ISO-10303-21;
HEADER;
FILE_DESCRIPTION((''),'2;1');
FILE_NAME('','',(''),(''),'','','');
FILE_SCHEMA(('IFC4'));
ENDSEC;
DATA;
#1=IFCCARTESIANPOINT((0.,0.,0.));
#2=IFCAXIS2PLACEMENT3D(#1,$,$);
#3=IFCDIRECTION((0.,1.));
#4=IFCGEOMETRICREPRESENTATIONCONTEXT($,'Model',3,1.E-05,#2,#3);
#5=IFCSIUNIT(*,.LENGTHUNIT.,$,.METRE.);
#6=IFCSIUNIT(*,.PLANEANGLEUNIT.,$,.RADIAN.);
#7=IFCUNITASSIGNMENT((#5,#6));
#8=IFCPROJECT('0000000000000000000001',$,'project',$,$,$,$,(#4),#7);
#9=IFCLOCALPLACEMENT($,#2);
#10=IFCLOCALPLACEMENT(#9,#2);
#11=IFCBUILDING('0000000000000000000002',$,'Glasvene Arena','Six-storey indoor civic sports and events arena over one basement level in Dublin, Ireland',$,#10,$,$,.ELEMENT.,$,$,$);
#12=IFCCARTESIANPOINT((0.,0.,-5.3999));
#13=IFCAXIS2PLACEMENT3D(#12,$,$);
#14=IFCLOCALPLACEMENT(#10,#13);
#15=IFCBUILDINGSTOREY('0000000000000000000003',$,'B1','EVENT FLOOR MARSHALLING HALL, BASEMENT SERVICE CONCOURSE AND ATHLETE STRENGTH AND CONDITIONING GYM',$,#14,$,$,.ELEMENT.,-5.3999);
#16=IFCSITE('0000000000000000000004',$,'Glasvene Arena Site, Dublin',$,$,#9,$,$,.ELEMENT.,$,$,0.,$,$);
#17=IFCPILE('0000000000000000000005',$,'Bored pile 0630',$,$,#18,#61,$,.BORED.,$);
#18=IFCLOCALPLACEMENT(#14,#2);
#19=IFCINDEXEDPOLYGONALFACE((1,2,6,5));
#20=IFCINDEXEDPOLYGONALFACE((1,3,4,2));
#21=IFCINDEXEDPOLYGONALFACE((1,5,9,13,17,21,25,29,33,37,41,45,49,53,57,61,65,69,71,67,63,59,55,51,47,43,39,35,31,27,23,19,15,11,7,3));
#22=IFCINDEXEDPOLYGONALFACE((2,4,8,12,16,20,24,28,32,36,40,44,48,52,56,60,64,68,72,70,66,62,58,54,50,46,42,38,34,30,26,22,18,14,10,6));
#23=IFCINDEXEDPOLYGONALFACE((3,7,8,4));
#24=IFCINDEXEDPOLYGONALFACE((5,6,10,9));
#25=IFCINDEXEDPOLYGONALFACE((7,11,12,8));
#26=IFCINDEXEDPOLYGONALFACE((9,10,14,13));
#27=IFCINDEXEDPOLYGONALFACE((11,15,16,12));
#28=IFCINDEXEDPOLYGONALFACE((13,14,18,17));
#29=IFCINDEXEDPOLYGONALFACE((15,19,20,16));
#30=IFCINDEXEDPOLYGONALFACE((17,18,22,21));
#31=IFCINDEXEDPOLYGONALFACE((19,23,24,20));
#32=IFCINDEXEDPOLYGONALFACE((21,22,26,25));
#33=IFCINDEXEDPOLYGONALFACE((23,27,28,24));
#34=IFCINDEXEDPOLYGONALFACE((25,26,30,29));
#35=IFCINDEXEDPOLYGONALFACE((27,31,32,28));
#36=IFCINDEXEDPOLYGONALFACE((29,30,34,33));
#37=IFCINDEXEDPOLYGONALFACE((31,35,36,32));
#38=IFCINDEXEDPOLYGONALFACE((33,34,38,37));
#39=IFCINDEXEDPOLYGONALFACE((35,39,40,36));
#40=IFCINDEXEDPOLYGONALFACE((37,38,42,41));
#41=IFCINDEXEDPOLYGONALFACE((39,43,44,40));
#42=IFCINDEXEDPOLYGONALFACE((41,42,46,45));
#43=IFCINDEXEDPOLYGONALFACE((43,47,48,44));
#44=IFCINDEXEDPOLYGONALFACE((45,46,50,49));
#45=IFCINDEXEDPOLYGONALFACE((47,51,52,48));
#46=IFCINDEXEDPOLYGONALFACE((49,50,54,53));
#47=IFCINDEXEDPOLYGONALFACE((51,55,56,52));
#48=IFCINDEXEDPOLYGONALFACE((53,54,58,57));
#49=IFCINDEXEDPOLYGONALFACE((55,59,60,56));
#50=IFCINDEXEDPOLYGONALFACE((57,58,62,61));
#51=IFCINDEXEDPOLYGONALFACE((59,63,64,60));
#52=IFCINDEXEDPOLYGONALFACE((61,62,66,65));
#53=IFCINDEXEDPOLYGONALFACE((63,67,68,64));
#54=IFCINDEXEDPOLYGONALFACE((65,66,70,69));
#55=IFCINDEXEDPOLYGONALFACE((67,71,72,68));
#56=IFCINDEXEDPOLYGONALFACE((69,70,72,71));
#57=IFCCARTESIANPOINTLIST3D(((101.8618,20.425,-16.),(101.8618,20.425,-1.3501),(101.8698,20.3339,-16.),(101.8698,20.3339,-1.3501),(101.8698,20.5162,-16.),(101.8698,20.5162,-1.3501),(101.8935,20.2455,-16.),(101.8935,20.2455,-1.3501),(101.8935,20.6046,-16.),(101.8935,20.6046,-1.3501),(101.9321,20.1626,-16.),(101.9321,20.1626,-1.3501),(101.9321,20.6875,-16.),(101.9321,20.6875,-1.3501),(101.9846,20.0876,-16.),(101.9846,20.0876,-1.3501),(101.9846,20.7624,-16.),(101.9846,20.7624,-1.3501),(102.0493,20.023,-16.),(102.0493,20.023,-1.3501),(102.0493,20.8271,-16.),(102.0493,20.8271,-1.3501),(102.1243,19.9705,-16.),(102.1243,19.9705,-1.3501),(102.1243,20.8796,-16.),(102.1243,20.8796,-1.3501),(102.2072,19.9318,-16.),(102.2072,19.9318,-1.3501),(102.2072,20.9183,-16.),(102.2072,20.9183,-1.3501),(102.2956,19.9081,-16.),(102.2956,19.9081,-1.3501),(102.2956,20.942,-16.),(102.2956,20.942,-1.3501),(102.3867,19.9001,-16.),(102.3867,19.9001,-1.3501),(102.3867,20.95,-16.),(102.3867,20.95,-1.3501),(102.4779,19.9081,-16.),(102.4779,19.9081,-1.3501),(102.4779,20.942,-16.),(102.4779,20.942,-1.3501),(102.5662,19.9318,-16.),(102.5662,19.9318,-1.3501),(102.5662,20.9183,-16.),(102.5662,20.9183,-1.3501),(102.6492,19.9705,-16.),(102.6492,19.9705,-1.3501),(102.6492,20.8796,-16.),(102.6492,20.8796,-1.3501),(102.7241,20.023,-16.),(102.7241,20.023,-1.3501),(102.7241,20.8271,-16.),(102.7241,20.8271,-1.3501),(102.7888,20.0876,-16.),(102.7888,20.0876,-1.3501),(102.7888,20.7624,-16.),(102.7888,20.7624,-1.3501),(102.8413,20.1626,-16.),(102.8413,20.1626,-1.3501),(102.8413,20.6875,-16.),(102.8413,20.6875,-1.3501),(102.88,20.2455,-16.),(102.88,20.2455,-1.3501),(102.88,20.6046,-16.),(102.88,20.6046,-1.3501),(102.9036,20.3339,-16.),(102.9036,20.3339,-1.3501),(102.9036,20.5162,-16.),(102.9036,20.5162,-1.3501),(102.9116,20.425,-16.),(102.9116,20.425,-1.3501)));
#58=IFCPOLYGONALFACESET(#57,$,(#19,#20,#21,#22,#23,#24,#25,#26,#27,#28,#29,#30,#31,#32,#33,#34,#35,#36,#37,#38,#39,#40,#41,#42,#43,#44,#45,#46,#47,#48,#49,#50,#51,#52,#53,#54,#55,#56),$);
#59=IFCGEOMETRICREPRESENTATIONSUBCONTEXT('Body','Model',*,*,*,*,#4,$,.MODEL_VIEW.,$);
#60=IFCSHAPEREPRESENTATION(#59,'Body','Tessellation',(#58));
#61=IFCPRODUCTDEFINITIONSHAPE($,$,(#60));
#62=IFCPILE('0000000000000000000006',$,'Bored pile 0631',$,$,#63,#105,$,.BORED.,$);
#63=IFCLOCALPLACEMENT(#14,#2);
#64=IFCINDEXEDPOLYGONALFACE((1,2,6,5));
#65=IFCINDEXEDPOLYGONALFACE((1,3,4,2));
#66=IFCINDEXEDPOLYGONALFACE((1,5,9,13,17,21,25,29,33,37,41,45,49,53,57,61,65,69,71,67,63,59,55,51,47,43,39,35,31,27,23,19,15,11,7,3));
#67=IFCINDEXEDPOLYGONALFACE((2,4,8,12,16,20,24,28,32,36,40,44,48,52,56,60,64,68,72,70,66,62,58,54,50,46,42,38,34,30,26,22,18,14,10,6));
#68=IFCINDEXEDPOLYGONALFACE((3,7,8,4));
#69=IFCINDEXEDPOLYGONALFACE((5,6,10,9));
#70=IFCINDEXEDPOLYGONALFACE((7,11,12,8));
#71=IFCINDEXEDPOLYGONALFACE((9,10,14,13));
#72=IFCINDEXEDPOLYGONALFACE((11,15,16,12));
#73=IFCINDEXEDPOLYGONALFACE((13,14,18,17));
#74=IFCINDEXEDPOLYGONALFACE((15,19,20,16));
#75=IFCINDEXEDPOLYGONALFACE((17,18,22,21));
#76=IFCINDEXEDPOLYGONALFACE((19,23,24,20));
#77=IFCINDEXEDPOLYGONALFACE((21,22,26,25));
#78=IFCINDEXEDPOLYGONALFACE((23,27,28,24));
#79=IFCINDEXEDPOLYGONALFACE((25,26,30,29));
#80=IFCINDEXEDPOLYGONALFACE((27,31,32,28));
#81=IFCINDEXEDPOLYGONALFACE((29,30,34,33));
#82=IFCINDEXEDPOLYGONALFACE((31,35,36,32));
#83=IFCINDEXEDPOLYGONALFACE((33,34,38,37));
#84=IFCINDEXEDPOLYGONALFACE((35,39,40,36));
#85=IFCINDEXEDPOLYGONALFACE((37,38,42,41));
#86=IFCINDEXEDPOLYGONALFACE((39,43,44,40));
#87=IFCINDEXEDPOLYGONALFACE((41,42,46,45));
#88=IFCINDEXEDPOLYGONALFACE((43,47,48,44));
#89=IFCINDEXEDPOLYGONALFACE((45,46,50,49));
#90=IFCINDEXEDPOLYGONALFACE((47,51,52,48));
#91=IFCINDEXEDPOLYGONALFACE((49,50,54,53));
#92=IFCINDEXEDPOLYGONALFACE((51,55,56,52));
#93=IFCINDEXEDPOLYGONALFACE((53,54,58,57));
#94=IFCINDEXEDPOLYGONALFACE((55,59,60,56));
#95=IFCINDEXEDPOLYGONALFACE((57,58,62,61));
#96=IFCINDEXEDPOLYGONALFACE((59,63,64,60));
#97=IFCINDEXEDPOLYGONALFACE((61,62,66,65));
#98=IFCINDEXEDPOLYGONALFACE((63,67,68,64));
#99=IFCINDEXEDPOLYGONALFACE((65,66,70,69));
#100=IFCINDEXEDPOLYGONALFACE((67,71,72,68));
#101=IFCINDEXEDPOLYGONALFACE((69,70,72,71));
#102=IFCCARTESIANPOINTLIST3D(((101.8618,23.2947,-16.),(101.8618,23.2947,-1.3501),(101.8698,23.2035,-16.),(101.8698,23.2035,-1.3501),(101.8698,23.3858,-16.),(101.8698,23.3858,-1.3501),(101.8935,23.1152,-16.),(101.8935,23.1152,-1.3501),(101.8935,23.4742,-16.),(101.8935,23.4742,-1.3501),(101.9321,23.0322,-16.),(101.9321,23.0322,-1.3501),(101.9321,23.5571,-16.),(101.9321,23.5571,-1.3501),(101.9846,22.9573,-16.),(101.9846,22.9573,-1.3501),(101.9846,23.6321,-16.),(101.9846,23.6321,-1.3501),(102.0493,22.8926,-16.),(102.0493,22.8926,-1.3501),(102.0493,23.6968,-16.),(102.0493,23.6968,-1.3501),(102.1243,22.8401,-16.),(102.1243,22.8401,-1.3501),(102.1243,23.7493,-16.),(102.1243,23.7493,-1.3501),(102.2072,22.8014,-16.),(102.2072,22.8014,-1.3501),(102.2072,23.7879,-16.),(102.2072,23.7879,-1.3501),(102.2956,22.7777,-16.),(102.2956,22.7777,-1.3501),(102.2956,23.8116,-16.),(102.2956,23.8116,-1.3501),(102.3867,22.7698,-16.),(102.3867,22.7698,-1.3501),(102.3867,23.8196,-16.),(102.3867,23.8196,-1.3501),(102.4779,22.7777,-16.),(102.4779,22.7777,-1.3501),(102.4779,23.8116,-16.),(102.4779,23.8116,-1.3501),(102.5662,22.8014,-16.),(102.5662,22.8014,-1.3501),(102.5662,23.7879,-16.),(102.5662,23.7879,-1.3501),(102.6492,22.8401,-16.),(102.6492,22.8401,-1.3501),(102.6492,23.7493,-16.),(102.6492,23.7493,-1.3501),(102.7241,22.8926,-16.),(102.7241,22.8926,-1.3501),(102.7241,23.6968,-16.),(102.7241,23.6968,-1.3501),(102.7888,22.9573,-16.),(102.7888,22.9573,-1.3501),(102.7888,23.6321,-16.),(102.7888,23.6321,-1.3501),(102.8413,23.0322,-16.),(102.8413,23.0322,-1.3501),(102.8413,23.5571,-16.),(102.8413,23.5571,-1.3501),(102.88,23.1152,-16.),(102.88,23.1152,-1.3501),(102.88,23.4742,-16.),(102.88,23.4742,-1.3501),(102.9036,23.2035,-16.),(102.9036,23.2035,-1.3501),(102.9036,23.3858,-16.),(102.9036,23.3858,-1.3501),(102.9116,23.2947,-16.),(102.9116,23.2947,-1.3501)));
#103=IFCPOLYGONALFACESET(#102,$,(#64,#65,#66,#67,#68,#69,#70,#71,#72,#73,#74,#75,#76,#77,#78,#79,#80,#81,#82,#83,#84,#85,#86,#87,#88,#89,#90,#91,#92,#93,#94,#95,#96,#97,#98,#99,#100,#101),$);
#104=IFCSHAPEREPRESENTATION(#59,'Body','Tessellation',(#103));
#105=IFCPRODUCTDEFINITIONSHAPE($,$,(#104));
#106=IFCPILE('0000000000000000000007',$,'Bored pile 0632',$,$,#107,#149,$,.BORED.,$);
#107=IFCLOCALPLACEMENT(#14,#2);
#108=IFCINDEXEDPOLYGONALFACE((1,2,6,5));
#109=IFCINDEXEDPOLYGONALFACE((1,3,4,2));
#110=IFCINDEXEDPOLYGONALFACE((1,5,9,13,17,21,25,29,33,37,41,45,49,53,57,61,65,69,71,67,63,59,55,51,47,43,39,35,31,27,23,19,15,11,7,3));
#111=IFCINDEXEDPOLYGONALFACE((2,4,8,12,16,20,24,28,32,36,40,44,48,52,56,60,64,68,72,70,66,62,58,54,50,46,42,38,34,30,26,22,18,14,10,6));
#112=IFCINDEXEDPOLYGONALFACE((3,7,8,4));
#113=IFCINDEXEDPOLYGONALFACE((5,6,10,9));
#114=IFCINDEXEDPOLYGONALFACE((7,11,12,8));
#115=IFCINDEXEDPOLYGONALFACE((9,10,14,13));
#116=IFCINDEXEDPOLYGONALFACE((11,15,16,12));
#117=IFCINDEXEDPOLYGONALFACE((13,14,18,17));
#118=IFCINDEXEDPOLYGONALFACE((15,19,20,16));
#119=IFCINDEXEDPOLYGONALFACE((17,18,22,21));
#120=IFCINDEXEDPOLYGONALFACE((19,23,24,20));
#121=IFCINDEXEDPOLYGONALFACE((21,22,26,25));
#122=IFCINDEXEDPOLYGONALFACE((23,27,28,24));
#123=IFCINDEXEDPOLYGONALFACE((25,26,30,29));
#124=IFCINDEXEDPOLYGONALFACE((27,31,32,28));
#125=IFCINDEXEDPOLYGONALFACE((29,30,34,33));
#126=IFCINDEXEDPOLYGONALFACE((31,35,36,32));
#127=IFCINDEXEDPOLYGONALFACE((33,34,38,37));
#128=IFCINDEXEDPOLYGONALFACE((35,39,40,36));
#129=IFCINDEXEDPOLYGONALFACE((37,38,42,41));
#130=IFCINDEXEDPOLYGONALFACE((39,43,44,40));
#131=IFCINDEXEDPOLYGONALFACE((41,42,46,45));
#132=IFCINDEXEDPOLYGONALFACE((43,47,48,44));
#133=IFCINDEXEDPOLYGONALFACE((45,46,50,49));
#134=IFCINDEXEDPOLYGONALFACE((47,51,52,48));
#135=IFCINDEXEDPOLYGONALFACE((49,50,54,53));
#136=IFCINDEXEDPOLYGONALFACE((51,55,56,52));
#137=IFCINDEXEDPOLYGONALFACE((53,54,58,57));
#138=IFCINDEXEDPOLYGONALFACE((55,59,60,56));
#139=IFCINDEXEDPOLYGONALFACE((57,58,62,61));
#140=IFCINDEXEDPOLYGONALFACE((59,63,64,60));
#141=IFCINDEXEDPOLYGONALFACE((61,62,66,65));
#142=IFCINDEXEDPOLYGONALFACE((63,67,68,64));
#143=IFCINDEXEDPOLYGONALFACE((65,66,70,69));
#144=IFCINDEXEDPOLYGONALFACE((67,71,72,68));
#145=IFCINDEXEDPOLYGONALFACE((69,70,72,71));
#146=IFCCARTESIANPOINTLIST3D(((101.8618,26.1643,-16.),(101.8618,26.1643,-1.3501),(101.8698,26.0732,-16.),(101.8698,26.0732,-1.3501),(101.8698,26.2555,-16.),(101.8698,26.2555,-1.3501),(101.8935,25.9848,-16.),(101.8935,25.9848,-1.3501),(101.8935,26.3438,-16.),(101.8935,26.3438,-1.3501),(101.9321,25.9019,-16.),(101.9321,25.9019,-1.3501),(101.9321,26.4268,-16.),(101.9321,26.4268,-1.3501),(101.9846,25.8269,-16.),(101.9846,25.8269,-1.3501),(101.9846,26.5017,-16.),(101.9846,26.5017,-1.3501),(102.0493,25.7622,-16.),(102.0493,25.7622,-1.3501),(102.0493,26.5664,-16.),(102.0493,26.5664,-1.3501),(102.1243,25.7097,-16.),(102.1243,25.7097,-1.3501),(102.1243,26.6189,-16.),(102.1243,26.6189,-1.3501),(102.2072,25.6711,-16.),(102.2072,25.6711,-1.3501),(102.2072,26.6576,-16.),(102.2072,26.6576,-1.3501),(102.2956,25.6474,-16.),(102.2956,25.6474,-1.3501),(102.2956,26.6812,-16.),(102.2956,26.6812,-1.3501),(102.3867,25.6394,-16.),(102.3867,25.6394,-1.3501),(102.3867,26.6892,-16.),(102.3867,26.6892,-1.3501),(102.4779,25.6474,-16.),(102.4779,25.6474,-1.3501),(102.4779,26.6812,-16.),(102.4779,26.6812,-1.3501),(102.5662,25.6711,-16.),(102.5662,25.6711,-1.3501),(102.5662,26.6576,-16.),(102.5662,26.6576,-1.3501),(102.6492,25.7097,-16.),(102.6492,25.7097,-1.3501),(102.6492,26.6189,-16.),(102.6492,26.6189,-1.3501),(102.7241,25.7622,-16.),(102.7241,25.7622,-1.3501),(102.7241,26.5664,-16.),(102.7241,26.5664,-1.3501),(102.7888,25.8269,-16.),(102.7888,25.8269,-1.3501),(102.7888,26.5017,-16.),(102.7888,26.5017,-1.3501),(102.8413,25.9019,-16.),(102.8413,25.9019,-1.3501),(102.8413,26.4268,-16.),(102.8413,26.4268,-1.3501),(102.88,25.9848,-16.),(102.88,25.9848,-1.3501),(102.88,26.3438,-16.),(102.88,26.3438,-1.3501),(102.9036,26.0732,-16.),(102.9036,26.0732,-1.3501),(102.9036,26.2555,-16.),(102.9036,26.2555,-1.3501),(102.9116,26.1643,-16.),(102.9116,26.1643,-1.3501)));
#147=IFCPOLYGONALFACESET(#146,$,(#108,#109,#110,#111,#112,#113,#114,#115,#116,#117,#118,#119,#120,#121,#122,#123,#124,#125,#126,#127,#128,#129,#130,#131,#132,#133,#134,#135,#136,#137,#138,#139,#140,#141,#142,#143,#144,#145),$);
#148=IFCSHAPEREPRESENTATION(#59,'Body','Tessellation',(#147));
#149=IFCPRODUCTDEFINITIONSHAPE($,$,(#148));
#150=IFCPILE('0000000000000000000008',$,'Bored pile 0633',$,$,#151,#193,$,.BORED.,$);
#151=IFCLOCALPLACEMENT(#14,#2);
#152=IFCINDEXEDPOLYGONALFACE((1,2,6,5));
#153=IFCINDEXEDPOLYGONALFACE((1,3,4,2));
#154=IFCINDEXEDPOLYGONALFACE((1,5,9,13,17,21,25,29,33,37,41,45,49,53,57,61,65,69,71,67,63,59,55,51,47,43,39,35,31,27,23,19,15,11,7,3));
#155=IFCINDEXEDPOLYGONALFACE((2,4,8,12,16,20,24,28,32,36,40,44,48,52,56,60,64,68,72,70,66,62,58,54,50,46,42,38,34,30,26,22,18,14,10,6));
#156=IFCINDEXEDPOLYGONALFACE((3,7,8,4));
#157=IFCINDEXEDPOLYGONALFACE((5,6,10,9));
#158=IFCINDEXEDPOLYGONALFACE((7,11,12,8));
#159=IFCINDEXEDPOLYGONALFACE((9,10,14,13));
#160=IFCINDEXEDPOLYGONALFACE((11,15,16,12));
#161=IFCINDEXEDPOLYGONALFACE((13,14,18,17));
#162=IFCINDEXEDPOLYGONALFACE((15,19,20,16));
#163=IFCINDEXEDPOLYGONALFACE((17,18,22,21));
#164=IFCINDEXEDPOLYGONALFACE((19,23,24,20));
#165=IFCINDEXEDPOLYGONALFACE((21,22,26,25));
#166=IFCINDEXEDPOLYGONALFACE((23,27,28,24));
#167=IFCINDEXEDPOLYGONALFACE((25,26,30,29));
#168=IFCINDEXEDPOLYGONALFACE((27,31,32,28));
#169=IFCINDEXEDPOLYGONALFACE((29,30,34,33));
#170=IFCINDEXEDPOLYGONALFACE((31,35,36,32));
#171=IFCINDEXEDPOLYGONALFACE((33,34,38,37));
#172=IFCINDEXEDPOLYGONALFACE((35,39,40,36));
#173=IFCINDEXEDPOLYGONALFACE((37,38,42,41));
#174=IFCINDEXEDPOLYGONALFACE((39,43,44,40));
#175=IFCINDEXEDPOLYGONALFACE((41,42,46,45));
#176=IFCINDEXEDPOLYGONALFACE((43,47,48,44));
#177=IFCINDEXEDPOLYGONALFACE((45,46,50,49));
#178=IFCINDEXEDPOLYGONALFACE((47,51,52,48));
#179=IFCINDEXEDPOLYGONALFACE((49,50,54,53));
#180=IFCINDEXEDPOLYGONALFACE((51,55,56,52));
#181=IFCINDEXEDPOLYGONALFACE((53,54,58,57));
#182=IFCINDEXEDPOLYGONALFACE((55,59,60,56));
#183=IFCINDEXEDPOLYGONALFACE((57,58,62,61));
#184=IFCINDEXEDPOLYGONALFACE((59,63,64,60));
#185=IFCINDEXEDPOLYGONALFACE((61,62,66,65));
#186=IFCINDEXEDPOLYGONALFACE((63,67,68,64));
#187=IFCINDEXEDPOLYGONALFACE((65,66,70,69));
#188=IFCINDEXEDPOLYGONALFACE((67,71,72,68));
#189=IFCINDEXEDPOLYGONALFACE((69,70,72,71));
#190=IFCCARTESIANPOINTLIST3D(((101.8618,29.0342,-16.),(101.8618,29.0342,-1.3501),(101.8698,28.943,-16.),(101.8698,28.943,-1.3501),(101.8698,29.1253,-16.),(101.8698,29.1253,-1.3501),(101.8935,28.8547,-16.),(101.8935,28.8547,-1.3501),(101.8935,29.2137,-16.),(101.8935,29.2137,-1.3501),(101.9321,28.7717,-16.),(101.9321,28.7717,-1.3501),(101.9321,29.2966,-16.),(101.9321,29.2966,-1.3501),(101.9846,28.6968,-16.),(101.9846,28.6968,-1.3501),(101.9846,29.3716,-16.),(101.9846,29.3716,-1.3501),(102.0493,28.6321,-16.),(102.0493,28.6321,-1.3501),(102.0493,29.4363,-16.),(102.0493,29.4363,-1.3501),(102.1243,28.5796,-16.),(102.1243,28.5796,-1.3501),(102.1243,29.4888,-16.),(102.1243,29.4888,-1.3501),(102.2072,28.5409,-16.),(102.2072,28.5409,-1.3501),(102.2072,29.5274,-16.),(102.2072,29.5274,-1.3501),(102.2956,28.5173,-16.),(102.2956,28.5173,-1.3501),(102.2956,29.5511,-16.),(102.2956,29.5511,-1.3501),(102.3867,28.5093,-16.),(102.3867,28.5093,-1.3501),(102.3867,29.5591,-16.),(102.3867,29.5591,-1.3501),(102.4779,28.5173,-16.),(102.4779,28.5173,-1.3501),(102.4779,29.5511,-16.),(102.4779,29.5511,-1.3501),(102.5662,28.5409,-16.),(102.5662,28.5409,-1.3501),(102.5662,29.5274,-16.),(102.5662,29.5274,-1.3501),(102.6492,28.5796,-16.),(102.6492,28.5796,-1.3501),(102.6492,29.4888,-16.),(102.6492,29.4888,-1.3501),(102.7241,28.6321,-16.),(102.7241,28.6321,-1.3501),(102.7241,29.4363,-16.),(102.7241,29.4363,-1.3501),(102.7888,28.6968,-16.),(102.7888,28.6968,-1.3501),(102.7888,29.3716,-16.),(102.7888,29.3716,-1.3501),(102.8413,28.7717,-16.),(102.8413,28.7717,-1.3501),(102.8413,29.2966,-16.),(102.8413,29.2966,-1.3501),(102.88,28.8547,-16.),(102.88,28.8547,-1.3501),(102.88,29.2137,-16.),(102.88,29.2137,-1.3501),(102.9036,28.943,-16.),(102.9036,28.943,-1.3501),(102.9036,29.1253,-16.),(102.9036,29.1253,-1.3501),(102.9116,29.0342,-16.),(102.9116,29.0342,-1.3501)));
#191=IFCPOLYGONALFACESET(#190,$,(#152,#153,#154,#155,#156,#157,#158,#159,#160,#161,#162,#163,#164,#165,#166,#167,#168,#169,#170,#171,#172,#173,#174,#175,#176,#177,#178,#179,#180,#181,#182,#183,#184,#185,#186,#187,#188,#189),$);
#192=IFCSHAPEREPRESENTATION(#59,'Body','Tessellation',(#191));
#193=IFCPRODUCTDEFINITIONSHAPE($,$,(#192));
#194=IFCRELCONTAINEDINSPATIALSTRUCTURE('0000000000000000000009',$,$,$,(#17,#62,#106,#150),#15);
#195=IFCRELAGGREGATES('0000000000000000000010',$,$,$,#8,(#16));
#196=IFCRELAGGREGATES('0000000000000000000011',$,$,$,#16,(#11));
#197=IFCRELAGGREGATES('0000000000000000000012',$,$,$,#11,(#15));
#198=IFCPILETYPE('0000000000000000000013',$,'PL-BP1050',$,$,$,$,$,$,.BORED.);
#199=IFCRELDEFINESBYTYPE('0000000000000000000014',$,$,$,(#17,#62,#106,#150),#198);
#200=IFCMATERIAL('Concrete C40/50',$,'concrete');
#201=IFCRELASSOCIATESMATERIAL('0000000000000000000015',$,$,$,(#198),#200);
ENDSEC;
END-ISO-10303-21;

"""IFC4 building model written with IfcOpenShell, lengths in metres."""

from ifc_helpers import new_model, si_unit, direction, frame, origin, origin_2d, place, context, subcontext, project, spatial, circle, extrude, material, material_profile, profile_set, type_object, element, save


model = new_model("IFC4")

# Units and contexts
model_context = context("Model", 3, precision=1e-05, world=origin(), true_north=direction((0.0, 1.0)))
body_context = subcontext(model_context, "Body", "Model", "MODEL_VIEW")
ifc_project = project(units=[si_unit("LENGTHUNIT", "METRE"), si_unit("PLANEANGLEUNIT", "RADIAN")], contexts=[model_context])

# Site, building, storey
site_placement = place(None, origin())
site = spatial("IfcSite", under=ifc_project, at=site_placement, Name="Glasvene Arena Site, Dublin", CompositionType="ELEMENT", RefElevation=0.0)
building_placement = place(site_placement, origin())
building = spatial("IfcBuilding", under=site, at=building_placement, Name="Glasvene Arena", Description="Six-storey indoor civic sports and events arena over one basement level in Dublin, Ireland", CompositionType="ELEMENT")
storey_placement = place(building_placement, frame((0.0, 0.0, -5.3999)))
storey = spatial("IfcBuildingStorey", under=building, at=storey_placement, Name="B1", Description="EVENT FLOOR MARSHALLING HALL, BASEMENT SERVICE CONCOURSE AND ATHLETE STRENGTH AND CONDITIONING GYM", CompositionType="ELEMENT", Elevation=-5.3999)

# Piles
ifc_material_1 = material(Name="Concrete C40/50", Category="concrete")
ifc_material_profile_1 = material_profile(ifc_material_1, circle(Radius=0.5249, at=origin_2d()), Name="BORED PILE 1050")
ifc_profile_set_1 = profile_set([ifc_material_profile_1], Name="Concrete C40/50")
pile_type = type_object("IfcPileType", Name="PL-BP1050", PredefinedType="BORED", material=ifc_profile_set_1)
for number, where, z_axis, x_axis, name in (
    (1, (102.3867, 20.425, -1.3501), (0.0, 0.0, -1.0), (1.0, 0.0, 0.0), "Bored pile 0630"),
    (2, (102.3867, 23.2947, -1.3501), (0.0, 0.0, -1.0), (1.0, 0.0, 0.0), "Bored pile 0631"),
    (3, (102.3867, 26.1643, -1.3501), (0.0, 0.0, -1.0), (1.0, 0.0, 0.0), "Bored pile 0632"),
    (4, (102.3867, 29.0342, -1.3501), (0.0, 0.0, -1.0), (1.0, 0.0, 0.0), "Bored pile 0633"),
):
    element("IfcPile", number, at=place(storey_placement, frame(where, z_axis=z_axis, x_axis=x_axis)), inside=storey, type_object=pile_type, Name=name, PredefinedType="BORED", context=body_context, shape_type="SweptSolid", body=[
        extrude(circle(Radius=0.5249, at=origin_2d()), origin(), (0.0, 0.0, 1.0), 14.6499),
    ])

save(model, "model.ifc")
